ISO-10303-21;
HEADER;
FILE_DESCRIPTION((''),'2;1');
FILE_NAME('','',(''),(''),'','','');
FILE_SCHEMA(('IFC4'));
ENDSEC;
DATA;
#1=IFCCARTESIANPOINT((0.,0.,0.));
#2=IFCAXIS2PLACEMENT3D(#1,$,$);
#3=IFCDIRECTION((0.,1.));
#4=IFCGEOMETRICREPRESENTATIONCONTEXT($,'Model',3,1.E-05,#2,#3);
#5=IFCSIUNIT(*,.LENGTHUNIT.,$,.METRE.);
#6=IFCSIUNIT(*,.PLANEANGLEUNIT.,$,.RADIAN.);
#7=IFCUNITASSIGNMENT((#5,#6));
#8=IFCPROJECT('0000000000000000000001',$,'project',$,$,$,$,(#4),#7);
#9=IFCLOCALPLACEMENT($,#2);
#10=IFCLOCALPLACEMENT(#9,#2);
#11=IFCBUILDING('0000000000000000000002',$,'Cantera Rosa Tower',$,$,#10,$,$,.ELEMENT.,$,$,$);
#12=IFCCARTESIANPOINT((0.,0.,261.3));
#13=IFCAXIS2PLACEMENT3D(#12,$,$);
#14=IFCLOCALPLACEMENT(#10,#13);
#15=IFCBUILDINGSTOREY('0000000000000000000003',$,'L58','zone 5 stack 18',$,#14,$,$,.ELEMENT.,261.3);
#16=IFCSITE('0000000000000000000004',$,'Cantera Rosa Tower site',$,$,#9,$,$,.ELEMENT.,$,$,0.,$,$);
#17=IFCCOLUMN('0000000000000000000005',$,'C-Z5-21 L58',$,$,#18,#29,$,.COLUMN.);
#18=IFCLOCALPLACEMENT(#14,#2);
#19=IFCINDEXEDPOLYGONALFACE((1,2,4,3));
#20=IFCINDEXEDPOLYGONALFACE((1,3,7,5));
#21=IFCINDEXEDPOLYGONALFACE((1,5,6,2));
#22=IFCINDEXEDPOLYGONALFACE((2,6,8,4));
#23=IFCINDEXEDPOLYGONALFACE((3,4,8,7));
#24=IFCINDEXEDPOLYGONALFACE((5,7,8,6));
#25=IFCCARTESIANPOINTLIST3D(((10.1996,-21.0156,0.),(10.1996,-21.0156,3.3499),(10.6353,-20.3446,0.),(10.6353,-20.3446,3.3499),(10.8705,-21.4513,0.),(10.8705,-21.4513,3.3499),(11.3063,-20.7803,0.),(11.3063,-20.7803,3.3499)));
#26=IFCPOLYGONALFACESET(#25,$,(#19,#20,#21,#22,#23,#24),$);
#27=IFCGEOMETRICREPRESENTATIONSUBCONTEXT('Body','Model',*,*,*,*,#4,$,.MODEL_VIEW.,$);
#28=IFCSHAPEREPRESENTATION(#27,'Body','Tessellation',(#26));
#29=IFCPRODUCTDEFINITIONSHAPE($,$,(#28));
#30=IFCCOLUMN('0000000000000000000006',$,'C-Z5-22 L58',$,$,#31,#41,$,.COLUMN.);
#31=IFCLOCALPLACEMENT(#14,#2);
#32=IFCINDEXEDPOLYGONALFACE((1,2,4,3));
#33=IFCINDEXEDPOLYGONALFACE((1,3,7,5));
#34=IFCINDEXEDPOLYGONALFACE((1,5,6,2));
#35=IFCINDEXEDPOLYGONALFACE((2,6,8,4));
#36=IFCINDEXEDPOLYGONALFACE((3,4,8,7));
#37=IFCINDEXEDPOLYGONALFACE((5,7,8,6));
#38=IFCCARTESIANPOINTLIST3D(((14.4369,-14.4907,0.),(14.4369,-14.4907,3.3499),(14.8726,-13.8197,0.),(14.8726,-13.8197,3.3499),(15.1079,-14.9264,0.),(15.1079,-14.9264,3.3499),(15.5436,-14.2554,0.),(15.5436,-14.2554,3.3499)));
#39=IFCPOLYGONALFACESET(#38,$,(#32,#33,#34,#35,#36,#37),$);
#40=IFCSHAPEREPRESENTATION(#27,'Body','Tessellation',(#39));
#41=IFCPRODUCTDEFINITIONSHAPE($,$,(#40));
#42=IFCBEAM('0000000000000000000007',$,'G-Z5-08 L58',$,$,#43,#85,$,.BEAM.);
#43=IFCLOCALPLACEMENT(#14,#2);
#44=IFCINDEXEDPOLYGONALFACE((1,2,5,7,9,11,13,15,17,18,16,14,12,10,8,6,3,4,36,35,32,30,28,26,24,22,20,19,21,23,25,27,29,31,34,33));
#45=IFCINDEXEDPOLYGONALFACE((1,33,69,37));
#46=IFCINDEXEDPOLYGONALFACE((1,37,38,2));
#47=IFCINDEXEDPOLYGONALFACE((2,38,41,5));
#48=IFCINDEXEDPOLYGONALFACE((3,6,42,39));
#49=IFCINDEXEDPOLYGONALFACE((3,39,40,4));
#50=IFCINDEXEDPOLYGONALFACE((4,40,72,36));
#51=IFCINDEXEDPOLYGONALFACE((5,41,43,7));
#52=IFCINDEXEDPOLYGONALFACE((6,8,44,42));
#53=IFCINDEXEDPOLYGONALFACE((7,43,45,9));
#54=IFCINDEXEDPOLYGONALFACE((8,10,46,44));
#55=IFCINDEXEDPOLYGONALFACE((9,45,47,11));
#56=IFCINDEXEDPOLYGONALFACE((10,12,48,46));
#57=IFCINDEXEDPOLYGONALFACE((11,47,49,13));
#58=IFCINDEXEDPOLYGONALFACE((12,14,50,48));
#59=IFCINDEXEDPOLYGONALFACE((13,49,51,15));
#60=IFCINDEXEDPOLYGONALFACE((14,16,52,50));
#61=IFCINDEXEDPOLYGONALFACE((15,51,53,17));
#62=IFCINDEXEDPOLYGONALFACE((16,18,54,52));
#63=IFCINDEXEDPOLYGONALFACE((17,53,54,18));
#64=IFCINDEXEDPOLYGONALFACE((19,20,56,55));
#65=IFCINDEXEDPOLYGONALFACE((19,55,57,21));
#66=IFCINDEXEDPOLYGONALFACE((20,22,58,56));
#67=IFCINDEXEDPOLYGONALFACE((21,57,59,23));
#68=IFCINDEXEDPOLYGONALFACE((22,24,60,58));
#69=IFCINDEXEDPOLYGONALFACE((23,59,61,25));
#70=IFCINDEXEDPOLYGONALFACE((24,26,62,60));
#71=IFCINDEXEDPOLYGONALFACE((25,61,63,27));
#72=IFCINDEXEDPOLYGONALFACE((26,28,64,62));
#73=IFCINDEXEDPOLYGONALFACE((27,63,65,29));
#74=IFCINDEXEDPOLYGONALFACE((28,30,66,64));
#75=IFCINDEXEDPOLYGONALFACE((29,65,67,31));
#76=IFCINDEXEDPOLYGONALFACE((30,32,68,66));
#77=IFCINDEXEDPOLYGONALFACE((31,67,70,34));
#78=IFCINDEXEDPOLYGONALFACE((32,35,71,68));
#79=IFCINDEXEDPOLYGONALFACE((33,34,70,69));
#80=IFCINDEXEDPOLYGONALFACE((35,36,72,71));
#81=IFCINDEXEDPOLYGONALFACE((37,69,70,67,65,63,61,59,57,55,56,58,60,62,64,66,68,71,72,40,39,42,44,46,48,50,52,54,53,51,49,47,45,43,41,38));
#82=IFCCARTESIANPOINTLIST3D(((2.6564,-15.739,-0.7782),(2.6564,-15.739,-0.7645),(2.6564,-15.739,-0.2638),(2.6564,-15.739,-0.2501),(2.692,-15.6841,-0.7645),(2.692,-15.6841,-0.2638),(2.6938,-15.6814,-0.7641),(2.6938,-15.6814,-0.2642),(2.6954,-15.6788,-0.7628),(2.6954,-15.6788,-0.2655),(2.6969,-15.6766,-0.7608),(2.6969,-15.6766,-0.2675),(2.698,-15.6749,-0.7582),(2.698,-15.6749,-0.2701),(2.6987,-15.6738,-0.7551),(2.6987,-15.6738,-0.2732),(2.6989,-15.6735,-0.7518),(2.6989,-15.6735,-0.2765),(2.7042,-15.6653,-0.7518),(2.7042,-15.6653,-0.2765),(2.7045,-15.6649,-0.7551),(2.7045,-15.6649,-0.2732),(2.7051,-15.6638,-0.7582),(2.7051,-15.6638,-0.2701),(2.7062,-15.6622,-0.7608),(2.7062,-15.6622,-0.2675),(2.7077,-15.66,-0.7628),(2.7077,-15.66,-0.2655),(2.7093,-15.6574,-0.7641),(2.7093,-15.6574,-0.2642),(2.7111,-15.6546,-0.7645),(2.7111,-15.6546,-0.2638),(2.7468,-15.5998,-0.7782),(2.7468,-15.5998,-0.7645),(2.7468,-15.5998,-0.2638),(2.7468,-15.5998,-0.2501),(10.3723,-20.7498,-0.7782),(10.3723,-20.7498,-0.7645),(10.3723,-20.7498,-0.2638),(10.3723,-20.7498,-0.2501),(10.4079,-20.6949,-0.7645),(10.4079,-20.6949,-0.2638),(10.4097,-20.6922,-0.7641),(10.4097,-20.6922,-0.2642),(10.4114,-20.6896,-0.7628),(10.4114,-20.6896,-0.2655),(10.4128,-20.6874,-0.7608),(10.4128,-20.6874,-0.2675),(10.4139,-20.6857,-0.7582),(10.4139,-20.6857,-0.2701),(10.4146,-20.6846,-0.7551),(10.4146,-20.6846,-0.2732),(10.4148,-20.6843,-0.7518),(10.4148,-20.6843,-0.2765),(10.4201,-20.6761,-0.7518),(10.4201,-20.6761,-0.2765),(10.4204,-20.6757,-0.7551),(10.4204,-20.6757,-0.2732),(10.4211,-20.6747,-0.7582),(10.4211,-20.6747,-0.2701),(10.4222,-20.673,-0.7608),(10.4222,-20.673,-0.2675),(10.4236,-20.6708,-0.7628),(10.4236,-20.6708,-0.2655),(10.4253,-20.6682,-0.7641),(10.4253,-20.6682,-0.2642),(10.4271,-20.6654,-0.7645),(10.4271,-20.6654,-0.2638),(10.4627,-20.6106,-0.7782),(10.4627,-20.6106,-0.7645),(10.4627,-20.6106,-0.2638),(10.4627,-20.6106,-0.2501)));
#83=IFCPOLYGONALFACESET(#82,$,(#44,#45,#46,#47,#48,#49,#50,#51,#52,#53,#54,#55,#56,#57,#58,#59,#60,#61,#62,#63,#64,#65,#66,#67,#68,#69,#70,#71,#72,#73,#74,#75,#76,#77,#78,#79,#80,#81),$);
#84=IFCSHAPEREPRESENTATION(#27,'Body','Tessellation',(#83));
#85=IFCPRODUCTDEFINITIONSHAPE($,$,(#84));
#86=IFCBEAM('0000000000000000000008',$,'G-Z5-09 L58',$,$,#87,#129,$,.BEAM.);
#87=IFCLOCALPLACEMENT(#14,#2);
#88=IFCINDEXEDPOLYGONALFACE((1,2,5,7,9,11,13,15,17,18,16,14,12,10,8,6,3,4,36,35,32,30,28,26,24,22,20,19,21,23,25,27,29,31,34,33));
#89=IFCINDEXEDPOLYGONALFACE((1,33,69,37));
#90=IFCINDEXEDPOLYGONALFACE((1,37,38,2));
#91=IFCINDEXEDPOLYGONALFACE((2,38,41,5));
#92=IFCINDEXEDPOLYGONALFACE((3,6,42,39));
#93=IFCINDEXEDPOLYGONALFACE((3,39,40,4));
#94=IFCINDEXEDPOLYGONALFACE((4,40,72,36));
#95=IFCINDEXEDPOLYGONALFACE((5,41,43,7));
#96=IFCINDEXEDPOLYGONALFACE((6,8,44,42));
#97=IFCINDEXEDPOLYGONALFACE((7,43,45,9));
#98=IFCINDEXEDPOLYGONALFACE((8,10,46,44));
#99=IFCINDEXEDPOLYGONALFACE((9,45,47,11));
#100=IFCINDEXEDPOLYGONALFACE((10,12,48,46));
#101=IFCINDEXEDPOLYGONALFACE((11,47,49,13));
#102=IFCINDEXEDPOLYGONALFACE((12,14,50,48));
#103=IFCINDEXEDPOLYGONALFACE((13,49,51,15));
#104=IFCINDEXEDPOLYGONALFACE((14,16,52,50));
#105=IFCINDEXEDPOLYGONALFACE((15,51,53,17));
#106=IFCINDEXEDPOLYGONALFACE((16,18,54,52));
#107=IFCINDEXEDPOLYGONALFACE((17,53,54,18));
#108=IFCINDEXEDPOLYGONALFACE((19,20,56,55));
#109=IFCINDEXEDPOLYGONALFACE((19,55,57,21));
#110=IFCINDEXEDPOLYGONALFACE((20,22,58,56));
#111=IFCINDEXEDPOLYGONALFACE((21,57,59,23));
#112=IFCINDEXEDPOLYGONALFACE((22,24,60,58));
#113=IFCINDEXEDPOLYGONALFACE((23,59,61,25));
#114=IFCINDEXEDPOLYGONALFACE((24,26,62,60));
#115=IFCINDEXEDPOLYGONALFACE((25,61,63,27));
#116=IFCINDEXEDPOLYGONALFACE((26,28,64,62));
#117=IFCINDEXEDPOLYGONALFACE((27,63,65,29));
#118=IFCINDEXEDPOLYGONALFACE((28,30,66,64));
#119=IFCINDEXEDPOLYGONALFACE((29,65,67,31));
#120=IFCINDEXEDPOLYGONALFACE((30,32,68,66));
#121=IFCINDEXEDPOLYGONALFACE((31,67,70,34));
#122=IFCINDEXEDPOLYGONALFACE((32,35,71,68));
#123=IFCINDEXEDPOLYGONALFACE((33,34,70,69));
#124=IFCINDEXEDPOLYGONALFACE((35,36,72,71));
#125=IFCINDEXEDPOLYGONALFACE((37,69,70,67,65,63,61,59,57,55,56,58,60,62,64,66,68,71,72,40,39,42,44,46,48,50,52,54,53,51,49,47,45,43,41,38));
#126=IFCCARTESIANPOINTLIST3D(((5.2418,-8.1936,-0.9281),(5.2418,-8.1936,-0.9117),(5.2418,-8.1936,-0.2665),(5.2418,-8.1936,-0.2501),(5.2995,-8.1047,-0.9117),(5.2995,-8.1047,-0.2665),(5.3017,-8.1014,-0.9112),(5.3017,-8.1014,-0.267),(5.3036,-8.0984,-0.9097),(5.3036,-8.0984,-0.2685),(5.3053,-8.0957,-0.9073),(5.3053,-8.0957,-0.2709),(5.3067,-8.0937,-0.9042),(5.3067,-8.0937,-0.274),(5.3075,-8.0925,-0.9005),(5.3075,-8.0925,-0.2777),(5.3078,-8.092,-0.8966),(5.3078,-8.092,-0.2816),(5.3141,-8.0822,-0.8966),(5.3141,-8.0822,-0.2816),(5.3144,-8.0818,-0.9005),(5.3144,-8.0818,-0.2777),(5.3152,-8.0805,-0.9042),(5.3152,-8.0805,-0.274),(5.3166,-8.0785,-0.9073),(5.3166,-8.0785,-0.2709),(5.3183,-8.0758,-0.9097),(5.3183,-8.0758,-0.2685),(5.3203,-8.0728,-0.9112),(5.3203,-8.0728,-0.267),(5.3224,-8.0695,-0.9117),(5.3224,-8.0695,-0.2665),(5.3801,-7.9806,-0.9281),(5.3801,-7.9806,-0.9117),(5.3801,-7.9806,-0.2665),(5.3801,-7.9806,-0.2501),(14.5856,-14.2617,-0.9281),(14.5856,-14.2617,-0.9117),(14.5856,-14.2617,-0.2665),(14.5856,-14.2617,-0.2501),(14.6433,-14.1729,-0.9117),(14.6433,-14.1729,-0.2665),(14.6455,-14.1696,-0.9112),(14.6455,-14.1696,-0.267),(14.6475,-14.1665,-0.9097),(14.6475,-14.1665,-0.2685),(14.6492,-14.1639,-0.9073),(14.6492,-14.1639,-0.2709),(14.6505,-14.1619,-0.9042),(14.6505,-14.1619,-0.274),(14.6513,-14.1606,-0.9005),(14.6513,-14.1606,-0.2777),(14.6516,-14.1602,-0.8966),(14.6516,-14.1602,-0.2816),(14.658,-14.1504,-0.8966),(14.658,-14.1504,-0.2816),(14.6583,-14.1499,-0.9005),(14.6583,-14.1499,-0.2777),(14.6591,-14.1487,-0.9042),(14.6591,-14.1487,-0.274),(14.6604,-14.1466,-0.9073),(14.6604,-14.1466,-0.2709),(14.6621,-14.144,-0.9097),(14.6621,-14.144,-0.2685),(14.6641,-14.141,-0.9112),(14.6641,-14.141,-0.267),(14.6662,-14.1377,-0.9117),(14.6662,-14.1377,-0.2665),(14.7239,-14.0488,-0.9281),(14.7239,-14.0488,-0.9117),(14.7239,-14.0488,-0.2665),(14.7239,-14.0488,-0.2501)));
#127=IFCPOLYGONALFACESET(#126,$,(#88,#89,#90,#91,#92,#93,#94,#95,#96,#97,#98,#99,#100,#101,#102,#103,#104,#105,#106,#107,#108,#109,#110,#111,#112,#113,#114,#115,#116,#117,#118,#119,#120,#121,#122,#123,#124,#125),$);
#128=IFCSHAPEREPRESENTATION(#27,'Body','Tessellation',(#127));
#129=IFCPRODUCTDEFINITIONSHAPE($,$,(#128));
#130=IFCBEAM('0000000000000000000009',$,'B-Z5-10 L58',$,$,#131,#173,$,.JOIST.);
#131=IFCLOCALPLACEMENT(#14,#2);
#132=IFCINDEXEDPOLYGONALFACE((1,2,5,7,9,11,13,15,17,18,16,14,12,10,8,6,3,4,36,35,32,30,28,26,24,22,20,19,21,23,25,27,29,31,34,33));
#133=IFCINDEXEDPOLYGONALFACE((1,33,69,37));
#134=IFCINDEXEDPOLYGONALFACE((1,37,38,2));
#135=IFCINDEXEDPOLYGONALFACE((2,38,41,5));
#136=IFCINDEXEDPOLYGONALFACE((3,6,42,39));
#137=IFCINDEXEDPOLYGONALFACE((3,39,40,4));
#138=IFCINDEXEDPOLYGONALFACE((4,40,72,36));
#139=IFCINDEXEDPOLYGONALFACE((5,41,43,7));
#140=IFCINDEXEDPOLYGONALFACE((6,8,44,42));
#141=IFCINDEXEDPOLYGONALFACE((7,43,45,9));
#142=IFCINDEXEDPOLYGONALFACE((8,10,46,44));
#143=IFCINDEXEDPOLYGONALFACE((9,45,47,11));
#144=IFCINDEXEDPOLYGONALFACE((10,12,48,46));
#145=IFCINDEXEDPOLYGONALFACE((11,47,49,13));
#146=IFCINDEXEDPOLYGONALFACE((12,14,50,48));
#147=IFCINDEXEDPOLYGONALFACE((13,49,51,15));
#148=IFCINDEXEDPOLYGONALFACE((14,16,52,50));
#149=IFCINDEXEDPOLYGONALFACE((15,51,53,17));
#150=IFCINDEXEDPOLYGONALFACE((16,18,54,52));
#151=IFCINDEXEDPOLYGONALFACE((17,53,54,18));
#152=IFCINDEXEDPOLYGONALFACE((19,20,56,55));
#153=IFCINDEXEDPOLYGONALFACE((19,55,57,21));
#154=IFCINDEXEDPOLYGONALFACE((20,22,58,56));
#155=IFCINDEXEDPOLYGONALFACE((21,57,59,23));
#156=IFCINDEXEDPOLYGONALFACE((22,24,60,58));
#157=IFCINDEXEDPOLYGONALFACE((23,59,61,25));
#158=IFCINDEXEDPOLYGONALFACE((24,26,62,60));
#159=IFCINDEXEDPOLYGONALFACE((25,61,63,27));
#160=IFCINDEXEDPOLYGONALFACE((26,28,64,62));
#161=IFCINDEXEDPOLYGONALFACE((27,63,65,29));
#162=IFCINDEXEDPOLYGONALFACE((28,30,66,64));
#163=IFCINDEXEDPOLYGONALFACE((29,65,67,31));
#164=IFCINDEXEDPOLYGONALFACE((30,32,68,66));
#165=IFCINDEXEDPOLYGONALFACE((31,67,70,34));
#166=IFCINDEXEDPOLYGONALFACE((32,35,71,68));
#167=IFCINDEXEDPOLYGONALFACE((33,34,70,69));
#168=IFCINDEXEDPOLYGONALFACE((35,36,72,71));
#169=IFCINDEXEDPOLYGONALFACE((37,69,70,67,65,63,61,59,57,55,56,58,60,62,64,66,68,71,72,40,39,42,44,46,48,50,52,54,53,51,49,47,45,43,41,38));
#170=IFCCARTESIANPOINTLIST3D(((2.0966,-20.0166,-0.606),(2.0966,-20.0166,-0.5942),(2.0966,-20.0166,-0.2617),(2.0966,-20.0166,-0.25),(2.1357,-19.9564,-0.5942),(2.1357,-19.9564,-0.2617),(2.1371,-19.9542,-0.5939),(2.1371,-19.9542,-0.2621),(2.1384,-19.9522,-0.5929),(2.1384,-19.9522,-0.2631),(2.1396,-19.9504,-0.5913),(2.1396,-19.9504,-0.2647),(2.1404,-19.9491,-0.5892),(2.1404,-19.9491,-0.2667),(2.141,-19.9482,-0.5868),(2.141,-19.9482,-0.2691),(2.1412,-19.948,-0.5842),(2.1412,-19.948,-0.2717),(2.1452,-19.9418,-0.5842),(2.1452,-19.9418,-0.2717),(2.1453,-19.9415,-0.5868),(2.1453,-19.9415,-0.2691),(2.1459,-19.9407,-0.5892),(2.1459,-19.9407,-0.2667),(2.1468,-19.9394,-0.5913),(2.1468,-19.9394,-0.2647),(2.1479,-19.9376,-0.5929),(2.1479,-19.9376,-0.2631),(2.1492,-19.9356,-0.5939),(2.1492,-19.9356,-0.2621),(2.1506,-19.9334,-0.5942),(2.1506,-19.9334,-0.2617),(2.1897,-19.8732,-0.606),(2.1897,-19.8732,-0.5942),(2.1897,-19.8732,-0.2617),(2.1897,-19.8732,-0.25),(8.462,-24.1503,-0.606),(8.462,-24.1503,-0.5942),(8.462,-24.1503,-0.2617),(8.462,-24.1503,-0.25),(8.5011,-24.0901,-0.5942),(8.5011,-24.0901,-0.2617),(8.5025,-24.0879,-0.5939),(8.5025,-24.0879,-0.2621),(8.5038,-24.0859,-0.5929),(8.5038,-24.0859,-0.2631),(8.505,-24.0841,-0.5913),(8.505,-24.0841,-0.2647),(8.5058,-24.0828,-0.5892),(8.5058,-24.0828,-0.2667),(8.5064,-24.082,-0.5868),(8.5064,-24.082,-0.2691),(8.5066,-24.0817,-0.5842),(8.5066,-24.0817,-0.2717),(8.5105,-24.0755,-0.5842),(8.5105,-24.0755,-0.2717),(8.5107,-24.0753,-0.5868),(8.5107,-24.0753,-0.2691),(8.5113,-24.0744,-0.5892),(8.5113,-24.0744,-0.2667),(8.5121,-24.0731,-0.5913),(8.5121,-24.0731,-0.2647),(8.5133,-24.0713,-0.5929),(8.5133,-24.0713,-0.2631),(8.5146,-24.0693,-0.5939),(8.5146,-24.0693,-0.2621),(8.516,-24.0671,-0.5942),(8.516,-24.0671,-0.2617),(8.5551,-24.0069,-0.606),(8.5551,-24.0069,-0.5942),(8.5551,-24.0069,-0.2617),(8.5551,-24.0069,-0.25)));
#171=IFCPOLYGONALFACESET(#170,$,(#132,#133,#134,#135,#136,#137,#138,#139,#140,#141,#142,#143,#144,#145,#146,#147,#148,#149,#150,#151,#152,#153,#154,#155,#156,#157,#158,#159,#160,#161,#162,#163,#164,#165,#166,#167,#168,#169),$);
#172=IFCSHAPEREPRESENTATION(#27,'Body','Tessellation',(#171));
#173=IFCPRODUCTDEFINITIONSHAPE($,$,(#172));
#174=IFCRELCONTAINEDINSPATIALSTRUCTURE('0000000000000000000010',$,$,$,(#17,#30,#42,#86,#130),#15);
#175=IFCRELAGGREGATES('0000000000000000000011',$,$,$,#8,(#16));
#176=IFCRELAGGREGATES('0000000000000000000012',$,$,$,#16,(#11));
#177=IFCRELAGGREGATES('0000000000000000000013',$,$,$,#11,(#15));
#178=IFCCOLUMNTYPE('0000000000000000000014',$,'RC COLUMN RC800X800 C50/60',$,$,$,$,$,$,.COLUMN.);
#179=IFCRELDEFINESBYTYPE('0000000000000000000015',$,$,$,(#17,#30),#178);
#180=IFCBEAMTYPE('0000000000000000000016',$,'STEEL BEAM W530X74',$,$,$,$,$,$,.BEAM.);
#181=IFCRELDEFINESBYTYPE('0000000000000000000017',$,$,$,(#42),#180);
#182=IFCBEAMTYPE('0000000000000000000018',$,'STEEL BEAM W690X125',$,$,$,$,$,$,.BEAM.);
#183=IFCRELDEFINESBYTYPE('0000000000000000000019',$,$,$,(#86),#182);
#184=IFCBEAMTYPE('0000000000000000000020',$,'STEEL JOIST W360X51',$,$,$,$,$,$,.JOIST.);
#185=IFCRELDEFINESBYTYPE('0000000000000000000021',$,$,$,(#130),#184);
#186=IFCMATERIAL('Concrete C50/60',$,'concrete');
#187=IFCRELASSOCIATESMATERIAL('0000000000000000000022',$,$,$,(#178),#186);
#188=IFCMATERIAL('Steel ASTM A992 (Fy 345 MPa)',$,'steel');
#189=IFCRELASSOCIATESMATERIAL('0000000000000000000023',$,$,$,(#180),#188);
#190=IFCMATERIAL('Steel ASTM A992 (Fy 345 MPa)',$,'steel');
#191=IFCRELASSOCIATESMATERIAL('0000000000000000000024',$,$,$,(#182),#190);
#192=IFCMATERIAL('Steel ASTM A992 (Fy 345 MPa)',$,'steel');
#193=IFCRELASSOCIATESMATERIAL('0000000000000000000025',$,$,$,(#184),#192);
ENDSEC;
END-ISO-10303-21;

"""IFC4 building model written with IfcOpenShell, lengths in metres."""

from ifc_helpers import new_model, si_unit, direction, frame, origin, origin_2d, place, context, subcontext, project, spatial, rectangle, i_section, extrude, material, material_profile, profile_set, type_object, element, save


model = new_model("IFC4")

# Units and contexts
model_context = context("Model", 3, precision=1e-05, world=origin(), true_north=direction((0.0, 1.0)))
body_context = subcontext(model_context, "Body", "Model", "MODEL_VIEW")
ifc_project = project(units=[si_unit("LENGTHUNIT", "METRE"), si_unit("PLANEANGLEUNIT", "RADIAN")], contexts=[model_context])

# Site, building, storey
site_placement = place(None, origin())
site = spatial("IfcSite", under=ifc_project, at=site_placement, Name="Cantera Rosa Tower site", CompositionType="ELEMENT", RefElevation=0.0)
building_placement = place(site_placement, origin())
building = spatial("IfcBuilding", under=site, at=building_placement, Name="Cantera Rosa Tower", CompositionType="ELEMENT")
storey_placement = place(building_placement, frame((0.0, 0.0, 261.3)))
storey = spatial("IfcBuildingStorey", under=building, at=storey_placement, Name="L58", Description="zone 5 stack 18", CompositionType="ELEMENT", Elevation=261.3)

# Columns
ifc_material_1 = material(Name="Concrete C50/60", Category="concrete")
ifc_material_profile_1 = material_profile(ifc_material_1, rectangle(XDim=0.8, YDim=0.8, at=origin_2d()), Name="RC COLUMN RC800X800 C50/60")
ifc_profile_set_1 = profile_set([ifc_material_profile_1], Name="Concrete C50/60")
column_type = type_object("IfcColumnType", Name="RC COLUMN RC800X800 C50/60", PredefinedType="COLUMN", material=ifc_profile_set_1)
for number, where, z_axis, x_axis, name in (
    (1, (10.7529, -20.8979, 0.0), (0.0, 0.0, 1.0), (0.544639, 0.838671, 0.0), "C-Z5-21 L58"),
    (2, (14.9902, -14.373, 0.0), (0.0, 0.0, 1.0), (0.544639, 0.838671, 0.0), "C-Z5-22 L58"),
):
    element("IfcColumn", number, at=place(storey_placement, frame(where, z_axis=z_axis, x_axis=x_axis)), inside=storey, type_object=column_type, Name=name, PredefinedType="COLUMN", context=body_context, shape_type="SweptSolid", body=[
        extrude(rectangle(XDim=0.8, YDim=0.8, at=origin_2d()), origin(), (0.0, 0.0, 1.0), 3.3499),
    ])

# Beams
ifc_material_2 = material(Name="Steel ASTM A992 (Fy 345 MPa)", Category="steel")
ifc_material_profile_2 = material_profile(ifc_material_2, i_section(OverallWidth=0.166, OverallDepth=0.5281, WebThickness=0.0098, FlangeThickness=0.0137, FilletRadius=0.0127, at=origin_2d()), Name="W530X74")
ifc_profile_set_2 = profile_set([ifc_material_profile_2], Name="Steel ASTM A992 (Fy 345 MPa)")
beam_type_1 = type_object("IfcBeamType", Name="STEEL BEAM W530X74", PredefinedType="BEAM", material=ifc_profile_set_2)
beam_1_placement = place(storey_placement, frame((10.4175, -20.6802, -0.5142), z_axis=(-0.838669, 0.544641, 0.0), x_axis=(-0.544641, -0.838669, 0.0)))
element("IfcBeam", 3, at=beam_1_placement, inside=storey, type_object=beam_type_1, Name="G-Z5-08 L58", PredefinedType="BEAM", context=body_context, shape_type="SweptSolid", body=[
    extrude(i_section(OverallWidth=0.166, OverallDepth=0.5281, WebThickness=0.0098, FlangeThickness=0.0137, FilletRadius=0.0127, at=origin_2d()), origin(), (0.0, 0.0, 1.0), 9.2002),
])
ifc_material_3 = material(Name="Steel ASTM A992 (Fy 345 MPa)", Category="steel")
ifc_material_profile_3 = material_profile(ifc_material_3, i_section(OverallWidth=0.2539, OverallDepth=0.678, WebThickness=0.0117, FlangeThickness=0.0164, FilletRadius=0.0151, at=origin_2d()), Name="W690X125")
ifc_profile_set_3 = profile_set([ifc_material_profile_3], Name="Steel ASTM A992 (Fy 345 MPa)")
beam_type_2 = type_object("IfcBeamType", Name="STEEL BEAM W690X125", PredefinedType="BEAM", material=ifc_profile_set_3)
beam_2_placement = place(storey_placement, frame((14.6548, -14.1553, -0.5891), z_axis=(-0.838662, 0.544652, 0.0), x_axis=(-0.544652, -0.838662, 0.0)))
element("IfcBeam", 4, at=beam_2_placement, inside=storey, type_object=beam_type_2, Name="G-Z5-09 L58", PredefinedType="BEAM", context=body_context, shape_type="SweptSolid", body=[
    extrude(i_section(OverallWidth=0.2539, OverallDepth=0.678, WebThickness=0.0117, FlangeThickness=0.0164, FilletRadius=0.0151, at=origin_2d()), origin(), (0.0, 0.0, 1.0), 11.1414),
])
ifc_material_4 = material(Name="Steel ASTM A992 (Fy 345 MPa)", Category="steel")
ifc_material_profile_4 = material_profile(ifc_material_4, i_section(OverallWidth=0.1709, OverallDepth=0.356, WebThickness=0.0073, FlangeThickness=0.0117, FilletRadius=0.01, at=origin_2d()), Name="W360X51")
ifc_profile_set_4 = profile_set([ifc_material_profile_4], Name="Steel ASTM A992 (Fy 345 MPa)")
beam_type_3 = type_object("IfcBeamType", Name="STEEL JOIST W360X51", PredefinedType="JOIST", material=ifc_profile_set_4)
beam_3_placement = place(storey_placement, frame((8.5085, -24.0786, -0.428), z_axis=(-0.838671, 0.544639, 0.0), x_axis=(-0.544639, -0.838671, 0.0)))
element("IfcBeam", 5, at=beam_3_placement, inside=storey, type_object=beam_type_3, Name="B-Z5-10 L58", PredefinedType="JOIST", context=body_context, shape_type="SweptSolid", body=[
    extrude(i_section(OverallWidth=0.1709, OverallDepth=0.356, WebThickness=0.0073, FlangeThickness=0.0117, FilletRadius=0.01, at=origin_2d()), origin(), (0.0, 0.0, 1.0), 7.5898),
])

save(model, "model.ifc")
